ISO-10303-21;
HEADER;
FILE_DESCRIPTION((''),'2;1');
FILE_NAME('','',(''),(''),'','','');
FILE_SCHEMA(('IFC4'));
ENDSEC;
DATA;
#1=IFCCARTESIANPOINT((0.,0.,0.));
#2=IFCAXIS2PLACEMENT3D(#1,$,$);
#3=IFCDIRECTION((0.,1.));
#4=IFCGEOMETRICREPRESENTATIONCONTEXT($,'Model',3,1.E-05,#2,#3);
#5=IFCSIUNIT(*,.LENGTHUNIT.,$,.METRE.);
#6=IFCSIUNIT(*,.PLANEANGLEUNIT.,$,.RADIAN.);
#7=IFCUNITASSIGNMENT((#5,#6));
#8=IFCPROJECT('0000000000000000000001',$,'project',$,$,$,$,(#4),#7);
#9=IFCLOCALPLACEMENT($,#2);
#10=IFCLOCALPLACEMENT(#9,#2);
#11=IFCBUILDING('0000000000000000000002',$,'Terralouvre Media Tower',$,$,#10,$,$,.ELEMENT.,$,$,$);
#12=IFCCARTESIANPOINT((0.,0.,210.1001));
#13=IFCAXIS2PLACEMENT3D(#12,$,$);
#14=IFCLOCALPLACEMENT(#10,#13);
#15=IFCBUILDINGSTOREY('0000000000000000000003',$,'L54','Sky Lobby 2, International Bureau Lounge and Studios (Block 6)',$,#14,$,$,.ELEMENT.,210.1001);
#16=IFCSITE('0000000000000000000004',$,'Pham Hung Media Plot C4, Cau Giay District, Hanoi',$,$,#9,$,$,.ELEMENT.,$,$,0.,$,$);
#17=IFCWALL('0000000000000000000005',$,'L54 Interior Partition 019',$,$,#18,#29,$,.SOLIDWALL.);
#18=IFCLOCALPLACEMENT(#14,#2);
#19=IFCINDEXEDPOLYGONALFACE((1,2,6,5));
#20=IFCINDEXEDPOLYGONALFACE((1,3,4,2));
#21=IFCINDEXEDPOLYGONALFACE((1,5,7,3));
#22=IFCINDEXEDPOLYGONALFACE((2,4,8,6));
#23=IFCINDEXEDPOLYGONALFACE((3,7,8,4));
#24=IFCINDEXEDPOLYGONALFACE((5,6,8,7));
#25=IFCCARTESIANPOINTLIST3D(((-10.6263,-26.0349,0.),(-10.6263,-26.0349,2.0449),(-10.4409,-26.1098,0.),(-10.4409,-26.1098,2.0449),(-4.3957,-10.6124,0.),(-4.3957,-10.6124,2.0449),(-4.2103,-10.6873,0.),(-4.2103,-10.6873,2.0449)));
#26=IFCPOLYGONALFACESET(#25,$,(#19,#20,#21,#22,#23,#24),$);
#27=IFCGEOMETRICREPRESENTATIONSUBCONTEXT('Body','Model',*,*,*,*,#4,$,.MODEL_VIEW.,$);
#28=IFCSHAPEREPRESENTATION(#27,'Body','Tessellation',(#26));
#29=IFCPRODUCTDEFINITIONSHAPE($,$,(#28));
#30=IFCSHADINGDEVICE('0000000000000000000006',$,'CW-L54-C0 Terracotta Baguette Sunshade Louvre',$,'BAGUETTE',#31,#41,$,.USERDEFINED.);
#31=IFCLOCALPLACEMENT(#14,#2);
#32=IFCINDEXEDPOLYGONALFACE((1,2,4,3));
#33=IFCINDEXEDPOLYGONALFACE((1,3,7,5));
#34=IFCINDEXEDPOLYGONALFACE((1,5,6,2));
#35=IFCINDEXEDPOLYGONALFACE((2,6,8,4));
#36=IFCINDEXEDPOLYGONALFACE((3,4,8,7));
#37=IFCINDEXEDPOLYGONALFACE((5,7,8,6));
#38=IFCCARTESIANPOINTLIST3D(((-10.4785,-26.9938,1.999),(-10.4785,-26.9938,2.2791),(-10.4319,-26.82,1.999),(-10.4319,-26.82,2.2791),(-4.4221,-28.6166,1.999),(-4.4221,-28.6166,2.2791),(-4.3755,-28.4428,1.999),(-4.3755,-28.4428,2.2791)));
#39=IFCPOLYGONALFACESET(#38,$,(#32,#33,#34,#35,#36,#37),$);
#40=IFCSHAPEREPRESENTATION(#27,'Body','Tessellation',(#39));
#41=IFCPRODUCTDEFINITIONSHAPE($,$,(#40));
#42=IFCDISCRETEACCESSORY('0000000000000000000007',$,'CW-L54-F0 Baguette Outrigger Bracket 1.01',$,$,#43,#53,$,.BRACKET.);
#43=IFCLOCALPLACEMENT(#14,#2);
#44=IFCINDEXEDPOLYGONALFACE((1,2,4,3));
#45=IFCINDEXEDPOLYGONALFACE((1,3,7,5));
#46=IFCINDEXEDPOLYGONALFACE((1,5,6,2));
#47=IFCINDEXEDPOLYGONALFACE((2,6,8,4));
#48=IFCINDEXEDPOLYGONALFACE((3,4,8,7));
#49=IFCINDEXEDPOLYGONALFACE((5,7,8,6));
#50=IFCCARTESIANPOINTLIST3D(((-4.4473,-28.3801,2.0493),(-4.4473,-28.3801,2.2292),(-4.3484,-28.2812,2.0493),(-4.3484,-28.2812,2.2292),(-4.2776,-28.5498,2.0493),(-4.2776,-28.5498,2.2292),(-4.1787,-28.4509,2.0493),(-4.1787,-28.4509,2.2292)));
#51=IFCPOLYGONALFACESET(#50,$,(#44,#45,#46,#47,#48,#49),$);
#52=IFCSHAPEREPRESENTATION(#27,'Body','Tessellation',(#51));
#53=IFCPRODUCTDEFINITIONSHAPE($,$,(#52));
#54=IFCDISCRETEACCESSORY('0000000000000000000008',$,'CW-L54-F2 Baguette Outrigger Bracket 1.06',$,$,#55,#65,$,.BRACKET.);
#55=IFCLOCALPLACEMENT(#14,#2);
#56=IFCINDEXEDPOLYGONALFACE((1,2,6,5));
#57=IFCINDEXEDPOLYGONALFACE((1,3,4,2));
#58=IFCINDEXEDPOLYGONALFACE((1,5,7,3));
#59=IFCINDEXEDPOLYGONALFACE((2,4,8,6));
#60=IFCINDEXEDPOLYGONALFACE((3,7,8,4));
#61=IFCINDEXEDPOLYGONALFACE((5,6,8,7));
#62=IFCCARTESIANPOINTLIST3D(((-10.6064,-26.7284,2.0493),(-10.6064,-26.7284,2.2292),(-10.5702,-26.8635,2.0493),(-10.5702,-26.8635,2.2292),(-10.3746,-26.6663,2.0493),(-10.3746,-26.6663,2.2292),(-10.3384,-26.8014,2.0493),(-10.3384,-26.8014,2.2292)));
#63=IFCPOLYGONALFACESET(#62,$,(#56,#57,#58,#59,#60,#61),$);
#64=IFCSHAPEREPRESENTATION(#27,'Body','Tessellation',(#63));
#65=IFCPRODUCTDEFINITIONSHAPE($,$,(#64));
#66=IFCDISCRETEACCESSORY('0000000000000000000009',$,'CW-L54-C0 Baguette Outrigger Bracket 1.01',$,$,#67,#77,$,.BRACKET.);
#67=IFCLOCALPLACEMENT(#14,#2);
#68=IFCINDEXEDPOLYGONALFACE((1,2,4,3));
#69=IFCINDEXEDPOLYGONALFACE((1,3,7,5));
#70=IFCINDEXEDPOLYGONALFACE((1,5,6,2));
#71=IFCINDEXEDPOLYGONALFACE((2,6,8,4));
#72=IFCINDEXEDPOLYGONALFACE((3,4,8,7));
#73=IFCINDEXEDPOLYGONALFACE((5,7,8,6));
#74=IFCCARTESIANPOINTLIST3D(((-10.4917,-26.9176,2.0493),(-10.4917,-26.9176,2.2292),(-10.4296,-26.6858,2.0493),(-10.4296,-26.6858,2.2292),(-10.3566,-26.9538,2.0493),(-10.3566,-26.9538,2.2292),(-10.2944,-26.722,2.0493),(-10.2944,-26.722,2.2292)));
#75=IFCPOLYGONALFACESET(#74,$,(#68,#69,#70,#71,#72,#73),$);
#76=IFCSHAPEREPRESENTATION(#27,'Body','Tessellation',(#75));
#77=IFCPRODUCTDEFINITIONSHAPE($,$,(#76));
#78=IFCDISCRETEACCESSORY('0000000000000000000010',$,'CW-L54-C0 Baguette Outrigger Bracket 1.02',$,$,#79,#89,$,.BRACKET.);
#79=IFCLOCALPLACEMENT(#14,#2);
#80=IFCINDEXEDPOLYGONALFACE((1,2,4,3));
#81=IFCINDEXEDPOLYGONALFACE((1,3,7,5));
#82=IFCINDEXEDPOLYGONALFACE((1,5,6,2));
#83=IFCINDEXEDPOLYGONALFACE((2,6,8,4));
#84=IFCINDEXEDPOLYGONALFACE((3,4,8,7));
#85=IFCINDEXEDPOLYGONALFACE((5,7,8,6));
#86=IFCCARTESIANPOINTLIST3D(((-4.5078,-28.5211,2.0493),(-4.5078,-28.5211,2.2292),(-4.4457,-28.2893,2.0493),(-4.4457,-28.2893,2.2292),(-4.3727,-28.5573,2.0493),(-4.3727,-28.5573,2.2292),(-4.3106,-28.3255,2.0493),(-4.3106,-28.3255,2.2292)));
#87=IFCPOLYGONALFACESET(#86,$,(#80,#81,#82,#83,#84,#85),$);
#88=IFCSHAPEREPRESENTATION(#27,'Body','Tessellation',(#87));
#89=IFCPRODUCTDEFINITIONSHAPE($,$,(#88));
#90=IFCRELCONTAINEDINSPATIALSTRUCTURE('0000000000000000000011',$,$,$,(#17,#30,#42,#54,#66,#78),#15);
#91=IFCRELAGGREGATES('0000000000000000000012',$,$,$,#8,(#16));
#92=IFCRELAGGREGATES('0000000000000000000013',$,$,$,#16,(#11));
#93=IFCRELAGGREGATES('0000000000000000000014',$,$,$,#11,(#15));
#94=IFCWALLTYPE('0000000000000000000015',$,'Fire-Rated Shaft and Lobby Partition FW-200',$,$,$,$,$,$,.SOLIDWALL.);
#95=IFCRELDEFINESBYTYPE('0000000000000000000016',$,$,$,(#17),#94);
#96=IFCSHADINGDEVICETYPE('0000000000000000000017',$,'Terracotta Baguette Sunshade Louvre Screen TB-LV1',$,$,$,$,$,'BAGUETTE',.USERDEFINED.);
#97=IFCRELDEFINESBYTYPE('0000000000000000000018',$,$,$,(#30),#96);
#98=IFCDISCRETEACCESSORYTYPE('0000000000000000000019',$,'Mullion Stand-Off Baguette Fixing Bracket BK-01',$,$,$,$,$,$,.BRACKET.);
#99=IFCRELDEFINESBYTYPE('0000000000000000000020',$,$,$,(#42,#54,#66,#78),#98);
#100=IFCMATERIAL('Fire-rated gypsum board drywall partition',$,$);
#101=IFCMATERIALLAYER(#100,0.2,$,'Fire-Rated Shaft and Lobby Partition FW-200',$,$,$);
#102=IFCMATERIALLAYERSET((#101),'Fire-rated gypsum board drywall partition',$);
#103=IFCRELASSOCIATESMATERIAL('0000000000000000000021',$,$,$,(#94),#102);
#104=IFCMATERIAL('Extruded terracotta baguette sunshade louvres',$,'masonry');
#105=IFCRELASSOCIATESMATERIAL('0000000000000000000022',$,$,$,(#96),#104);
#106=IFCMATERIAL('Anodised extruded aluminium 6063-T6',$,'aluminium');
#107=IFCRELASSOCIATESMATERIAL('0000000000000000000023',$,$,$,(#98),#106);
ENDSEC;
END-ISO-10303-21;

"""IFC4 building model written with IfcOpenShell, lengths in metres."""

from ifc_helpers import new_model, si_unit, direction, frame, frame_2d, origin, origin_2d, place, context, subcontext, project, spatial, rectangle, extrude, material, layer, layer_set, type_object, element, save


model = new_model("IFC4")

# Units and contexts
model_context = context("Model", 3, precision=1e-05, world=origin(), true_north=direction((0.0, 1.0)))
body_context = subcontext(model_context, "Body", "Model", "MODEL_VIEW")
ifc_project = project(units=[si_unit("LENGTHUNIT", "METRE"), si_unit("PLANEANGLEUNIT", "RADIAN")], contexts=[model_context])

# Site, building, storey
site_placement = place(None, origin())
site = spatial("IfcSite", under=ifc_project, at=site_placement, Name="Pham Hung Media Plot C4, Cau Giay District, Hanoi", CompositionType="ELEMENT", RefElevation=0.0)
building_placement = place(site_placement, origin())
building = spatial("IfcBuilding", under=site, at=building_placement, Name="Terralouvre Media Tower", CompositionType="ELEMENT")
storey_placement = place(building_placement, frame((0.0, 0.0, 210.1001)))
storey = spatial("IfcBuildingStorey", under=building, at=storey_placement, Name="L54", Description="Sky Lobby 2, International Bureau Lounge and Studios (Block 6)", CompositionType="ELEMENT", Elevation=210.1001)

# Wall
ifc_material_1 = material(Name="Fire-rated gypsum board drywall partition")
ifc_layer_1 = layer(ifc_material_1, 0.2, Name="Fire-Rated Shaft and Lobby Partition FW-200")
ifc_layer_set_1 = layer_set([ifc_layer_1], Name="Fire-rated gypsum board drywall partition")
wall_type = type_object("IfcWallType", Name="Fire-Rated Shaft and Lobby Partition FW-200", PredefinedType="SOLIDWALL", material=ifc_layer_set_1)
wall_placement = place(storey_placement, frame((-10.5337, -26.0725, 0.0), z_axis=(0.0, 0.0, 1.0), x_axis=(0.374585, 0.927193, 0.0)))
element("IfcWall", 1, at=wall_placement, inside=storey, type_object=wall_type, Name="L54 Interior Partition 019", PredefinedType="SOLIDWALL", context=body_context, shape_type="SweptSolid", body=[
    extrude(rectangle(XDim=16.6335, YDim=0.2, at=frame_2d((8.3169, 0.0))), origin(), (0.0, 0.0, 1.0), 2.0449),
])

# Shading device
ifc_material_2 = material(Name="Extruded terracotta baguette sunshade louvres", Category="masonry")
shading_device_type = type_object("IfcShadingDeviceType", Name="Terracotta Baguette Sunshade Louvre Screen TB-LV1", ElementType="BAGUETTE", PredefinedType="USERDEFINED", material=ifc_material_2)
shading_device_placement = place(storey_placement, frame((-7.427, -27.7183, 1.999), z_axis=(0.0, 0.0, 1.0), x_axis=(0.965926, -0.258819, 0.0)))
element("IfcShadingDevice", 2, at=shading_device_placement, inside=storey, type_object=shading_device_type, Name="CW-L54-C0 Terracotta Baguette Sunshade Louvre", ObjectType="BAGUETTE", PredefinedType="USERDEFINED", context=body_context, shape_type="SweptSolid", body=[
    extrude(rectangle(XDim=6.27, YDim=0.1799, at=origin_2d()), origin(), (0.0, 0.0, 1.0), 0.28),
])

# Discrete accessories
ifc_material_3 = material(Name="Anodised extruded aluminium 6063-T6", Category="aluminium")
discrete_accessory_type = type_object("IfcDiscreteAccessoryType", Name="Mullion Stand-Off Baguette Fixing Bracket BK-01", PredefinedType="BRACKET", material=ifc_material_3)
for number, where, z_axis, x_axis, name in (
    (3, (-4.313, -28.4155, 2.0493), (0.0, 0.0, 1.0), (0.707107, 0.707107, 0.0), "CW-L54-F0 Baguette Outrigger Bracket 1.01"),
    (4, (-10.4724, -26.7649, 2.0493), (0.0, 0.0, 1.0), (0.258819, -0.965926, 0.0), "CW-L54-F2 Baguette Outrigger Bracket 1.06"),
    (5, (-10.3931, -26.8198, 2.0493), (0.0, 0.0, 1.0), (0.965926, -0.258819, 0.0), "CW-L54-C0 Baguette Outrigger Bracket 1.01"),
    (6, (-4.4092, -28.4233, 2.0493), (0.0, 0.0, 1.0), (0.965926, -0.258819, 0.0), "CW-L54-C0 Baguette Outrigger Bracket 1.02"),
):
    element("IfcDiscreteAccessory", number, at=place(storey_placement, frame(where, z_axis=z_axis, x_axis=x_axis)), inside=storey, type_object=discrete_accessory_type, Name=name, PredefinedType="BRACKET", context=body_context, shape_type="SweptSolid", body=[
        extrude(rectangle(XDim=0.1399, YDim=0.24, at=origin_2d()), origin(), (0.0, 0.0, 1.0), 0.1799),
    ])

save(model, "model.ifc")
